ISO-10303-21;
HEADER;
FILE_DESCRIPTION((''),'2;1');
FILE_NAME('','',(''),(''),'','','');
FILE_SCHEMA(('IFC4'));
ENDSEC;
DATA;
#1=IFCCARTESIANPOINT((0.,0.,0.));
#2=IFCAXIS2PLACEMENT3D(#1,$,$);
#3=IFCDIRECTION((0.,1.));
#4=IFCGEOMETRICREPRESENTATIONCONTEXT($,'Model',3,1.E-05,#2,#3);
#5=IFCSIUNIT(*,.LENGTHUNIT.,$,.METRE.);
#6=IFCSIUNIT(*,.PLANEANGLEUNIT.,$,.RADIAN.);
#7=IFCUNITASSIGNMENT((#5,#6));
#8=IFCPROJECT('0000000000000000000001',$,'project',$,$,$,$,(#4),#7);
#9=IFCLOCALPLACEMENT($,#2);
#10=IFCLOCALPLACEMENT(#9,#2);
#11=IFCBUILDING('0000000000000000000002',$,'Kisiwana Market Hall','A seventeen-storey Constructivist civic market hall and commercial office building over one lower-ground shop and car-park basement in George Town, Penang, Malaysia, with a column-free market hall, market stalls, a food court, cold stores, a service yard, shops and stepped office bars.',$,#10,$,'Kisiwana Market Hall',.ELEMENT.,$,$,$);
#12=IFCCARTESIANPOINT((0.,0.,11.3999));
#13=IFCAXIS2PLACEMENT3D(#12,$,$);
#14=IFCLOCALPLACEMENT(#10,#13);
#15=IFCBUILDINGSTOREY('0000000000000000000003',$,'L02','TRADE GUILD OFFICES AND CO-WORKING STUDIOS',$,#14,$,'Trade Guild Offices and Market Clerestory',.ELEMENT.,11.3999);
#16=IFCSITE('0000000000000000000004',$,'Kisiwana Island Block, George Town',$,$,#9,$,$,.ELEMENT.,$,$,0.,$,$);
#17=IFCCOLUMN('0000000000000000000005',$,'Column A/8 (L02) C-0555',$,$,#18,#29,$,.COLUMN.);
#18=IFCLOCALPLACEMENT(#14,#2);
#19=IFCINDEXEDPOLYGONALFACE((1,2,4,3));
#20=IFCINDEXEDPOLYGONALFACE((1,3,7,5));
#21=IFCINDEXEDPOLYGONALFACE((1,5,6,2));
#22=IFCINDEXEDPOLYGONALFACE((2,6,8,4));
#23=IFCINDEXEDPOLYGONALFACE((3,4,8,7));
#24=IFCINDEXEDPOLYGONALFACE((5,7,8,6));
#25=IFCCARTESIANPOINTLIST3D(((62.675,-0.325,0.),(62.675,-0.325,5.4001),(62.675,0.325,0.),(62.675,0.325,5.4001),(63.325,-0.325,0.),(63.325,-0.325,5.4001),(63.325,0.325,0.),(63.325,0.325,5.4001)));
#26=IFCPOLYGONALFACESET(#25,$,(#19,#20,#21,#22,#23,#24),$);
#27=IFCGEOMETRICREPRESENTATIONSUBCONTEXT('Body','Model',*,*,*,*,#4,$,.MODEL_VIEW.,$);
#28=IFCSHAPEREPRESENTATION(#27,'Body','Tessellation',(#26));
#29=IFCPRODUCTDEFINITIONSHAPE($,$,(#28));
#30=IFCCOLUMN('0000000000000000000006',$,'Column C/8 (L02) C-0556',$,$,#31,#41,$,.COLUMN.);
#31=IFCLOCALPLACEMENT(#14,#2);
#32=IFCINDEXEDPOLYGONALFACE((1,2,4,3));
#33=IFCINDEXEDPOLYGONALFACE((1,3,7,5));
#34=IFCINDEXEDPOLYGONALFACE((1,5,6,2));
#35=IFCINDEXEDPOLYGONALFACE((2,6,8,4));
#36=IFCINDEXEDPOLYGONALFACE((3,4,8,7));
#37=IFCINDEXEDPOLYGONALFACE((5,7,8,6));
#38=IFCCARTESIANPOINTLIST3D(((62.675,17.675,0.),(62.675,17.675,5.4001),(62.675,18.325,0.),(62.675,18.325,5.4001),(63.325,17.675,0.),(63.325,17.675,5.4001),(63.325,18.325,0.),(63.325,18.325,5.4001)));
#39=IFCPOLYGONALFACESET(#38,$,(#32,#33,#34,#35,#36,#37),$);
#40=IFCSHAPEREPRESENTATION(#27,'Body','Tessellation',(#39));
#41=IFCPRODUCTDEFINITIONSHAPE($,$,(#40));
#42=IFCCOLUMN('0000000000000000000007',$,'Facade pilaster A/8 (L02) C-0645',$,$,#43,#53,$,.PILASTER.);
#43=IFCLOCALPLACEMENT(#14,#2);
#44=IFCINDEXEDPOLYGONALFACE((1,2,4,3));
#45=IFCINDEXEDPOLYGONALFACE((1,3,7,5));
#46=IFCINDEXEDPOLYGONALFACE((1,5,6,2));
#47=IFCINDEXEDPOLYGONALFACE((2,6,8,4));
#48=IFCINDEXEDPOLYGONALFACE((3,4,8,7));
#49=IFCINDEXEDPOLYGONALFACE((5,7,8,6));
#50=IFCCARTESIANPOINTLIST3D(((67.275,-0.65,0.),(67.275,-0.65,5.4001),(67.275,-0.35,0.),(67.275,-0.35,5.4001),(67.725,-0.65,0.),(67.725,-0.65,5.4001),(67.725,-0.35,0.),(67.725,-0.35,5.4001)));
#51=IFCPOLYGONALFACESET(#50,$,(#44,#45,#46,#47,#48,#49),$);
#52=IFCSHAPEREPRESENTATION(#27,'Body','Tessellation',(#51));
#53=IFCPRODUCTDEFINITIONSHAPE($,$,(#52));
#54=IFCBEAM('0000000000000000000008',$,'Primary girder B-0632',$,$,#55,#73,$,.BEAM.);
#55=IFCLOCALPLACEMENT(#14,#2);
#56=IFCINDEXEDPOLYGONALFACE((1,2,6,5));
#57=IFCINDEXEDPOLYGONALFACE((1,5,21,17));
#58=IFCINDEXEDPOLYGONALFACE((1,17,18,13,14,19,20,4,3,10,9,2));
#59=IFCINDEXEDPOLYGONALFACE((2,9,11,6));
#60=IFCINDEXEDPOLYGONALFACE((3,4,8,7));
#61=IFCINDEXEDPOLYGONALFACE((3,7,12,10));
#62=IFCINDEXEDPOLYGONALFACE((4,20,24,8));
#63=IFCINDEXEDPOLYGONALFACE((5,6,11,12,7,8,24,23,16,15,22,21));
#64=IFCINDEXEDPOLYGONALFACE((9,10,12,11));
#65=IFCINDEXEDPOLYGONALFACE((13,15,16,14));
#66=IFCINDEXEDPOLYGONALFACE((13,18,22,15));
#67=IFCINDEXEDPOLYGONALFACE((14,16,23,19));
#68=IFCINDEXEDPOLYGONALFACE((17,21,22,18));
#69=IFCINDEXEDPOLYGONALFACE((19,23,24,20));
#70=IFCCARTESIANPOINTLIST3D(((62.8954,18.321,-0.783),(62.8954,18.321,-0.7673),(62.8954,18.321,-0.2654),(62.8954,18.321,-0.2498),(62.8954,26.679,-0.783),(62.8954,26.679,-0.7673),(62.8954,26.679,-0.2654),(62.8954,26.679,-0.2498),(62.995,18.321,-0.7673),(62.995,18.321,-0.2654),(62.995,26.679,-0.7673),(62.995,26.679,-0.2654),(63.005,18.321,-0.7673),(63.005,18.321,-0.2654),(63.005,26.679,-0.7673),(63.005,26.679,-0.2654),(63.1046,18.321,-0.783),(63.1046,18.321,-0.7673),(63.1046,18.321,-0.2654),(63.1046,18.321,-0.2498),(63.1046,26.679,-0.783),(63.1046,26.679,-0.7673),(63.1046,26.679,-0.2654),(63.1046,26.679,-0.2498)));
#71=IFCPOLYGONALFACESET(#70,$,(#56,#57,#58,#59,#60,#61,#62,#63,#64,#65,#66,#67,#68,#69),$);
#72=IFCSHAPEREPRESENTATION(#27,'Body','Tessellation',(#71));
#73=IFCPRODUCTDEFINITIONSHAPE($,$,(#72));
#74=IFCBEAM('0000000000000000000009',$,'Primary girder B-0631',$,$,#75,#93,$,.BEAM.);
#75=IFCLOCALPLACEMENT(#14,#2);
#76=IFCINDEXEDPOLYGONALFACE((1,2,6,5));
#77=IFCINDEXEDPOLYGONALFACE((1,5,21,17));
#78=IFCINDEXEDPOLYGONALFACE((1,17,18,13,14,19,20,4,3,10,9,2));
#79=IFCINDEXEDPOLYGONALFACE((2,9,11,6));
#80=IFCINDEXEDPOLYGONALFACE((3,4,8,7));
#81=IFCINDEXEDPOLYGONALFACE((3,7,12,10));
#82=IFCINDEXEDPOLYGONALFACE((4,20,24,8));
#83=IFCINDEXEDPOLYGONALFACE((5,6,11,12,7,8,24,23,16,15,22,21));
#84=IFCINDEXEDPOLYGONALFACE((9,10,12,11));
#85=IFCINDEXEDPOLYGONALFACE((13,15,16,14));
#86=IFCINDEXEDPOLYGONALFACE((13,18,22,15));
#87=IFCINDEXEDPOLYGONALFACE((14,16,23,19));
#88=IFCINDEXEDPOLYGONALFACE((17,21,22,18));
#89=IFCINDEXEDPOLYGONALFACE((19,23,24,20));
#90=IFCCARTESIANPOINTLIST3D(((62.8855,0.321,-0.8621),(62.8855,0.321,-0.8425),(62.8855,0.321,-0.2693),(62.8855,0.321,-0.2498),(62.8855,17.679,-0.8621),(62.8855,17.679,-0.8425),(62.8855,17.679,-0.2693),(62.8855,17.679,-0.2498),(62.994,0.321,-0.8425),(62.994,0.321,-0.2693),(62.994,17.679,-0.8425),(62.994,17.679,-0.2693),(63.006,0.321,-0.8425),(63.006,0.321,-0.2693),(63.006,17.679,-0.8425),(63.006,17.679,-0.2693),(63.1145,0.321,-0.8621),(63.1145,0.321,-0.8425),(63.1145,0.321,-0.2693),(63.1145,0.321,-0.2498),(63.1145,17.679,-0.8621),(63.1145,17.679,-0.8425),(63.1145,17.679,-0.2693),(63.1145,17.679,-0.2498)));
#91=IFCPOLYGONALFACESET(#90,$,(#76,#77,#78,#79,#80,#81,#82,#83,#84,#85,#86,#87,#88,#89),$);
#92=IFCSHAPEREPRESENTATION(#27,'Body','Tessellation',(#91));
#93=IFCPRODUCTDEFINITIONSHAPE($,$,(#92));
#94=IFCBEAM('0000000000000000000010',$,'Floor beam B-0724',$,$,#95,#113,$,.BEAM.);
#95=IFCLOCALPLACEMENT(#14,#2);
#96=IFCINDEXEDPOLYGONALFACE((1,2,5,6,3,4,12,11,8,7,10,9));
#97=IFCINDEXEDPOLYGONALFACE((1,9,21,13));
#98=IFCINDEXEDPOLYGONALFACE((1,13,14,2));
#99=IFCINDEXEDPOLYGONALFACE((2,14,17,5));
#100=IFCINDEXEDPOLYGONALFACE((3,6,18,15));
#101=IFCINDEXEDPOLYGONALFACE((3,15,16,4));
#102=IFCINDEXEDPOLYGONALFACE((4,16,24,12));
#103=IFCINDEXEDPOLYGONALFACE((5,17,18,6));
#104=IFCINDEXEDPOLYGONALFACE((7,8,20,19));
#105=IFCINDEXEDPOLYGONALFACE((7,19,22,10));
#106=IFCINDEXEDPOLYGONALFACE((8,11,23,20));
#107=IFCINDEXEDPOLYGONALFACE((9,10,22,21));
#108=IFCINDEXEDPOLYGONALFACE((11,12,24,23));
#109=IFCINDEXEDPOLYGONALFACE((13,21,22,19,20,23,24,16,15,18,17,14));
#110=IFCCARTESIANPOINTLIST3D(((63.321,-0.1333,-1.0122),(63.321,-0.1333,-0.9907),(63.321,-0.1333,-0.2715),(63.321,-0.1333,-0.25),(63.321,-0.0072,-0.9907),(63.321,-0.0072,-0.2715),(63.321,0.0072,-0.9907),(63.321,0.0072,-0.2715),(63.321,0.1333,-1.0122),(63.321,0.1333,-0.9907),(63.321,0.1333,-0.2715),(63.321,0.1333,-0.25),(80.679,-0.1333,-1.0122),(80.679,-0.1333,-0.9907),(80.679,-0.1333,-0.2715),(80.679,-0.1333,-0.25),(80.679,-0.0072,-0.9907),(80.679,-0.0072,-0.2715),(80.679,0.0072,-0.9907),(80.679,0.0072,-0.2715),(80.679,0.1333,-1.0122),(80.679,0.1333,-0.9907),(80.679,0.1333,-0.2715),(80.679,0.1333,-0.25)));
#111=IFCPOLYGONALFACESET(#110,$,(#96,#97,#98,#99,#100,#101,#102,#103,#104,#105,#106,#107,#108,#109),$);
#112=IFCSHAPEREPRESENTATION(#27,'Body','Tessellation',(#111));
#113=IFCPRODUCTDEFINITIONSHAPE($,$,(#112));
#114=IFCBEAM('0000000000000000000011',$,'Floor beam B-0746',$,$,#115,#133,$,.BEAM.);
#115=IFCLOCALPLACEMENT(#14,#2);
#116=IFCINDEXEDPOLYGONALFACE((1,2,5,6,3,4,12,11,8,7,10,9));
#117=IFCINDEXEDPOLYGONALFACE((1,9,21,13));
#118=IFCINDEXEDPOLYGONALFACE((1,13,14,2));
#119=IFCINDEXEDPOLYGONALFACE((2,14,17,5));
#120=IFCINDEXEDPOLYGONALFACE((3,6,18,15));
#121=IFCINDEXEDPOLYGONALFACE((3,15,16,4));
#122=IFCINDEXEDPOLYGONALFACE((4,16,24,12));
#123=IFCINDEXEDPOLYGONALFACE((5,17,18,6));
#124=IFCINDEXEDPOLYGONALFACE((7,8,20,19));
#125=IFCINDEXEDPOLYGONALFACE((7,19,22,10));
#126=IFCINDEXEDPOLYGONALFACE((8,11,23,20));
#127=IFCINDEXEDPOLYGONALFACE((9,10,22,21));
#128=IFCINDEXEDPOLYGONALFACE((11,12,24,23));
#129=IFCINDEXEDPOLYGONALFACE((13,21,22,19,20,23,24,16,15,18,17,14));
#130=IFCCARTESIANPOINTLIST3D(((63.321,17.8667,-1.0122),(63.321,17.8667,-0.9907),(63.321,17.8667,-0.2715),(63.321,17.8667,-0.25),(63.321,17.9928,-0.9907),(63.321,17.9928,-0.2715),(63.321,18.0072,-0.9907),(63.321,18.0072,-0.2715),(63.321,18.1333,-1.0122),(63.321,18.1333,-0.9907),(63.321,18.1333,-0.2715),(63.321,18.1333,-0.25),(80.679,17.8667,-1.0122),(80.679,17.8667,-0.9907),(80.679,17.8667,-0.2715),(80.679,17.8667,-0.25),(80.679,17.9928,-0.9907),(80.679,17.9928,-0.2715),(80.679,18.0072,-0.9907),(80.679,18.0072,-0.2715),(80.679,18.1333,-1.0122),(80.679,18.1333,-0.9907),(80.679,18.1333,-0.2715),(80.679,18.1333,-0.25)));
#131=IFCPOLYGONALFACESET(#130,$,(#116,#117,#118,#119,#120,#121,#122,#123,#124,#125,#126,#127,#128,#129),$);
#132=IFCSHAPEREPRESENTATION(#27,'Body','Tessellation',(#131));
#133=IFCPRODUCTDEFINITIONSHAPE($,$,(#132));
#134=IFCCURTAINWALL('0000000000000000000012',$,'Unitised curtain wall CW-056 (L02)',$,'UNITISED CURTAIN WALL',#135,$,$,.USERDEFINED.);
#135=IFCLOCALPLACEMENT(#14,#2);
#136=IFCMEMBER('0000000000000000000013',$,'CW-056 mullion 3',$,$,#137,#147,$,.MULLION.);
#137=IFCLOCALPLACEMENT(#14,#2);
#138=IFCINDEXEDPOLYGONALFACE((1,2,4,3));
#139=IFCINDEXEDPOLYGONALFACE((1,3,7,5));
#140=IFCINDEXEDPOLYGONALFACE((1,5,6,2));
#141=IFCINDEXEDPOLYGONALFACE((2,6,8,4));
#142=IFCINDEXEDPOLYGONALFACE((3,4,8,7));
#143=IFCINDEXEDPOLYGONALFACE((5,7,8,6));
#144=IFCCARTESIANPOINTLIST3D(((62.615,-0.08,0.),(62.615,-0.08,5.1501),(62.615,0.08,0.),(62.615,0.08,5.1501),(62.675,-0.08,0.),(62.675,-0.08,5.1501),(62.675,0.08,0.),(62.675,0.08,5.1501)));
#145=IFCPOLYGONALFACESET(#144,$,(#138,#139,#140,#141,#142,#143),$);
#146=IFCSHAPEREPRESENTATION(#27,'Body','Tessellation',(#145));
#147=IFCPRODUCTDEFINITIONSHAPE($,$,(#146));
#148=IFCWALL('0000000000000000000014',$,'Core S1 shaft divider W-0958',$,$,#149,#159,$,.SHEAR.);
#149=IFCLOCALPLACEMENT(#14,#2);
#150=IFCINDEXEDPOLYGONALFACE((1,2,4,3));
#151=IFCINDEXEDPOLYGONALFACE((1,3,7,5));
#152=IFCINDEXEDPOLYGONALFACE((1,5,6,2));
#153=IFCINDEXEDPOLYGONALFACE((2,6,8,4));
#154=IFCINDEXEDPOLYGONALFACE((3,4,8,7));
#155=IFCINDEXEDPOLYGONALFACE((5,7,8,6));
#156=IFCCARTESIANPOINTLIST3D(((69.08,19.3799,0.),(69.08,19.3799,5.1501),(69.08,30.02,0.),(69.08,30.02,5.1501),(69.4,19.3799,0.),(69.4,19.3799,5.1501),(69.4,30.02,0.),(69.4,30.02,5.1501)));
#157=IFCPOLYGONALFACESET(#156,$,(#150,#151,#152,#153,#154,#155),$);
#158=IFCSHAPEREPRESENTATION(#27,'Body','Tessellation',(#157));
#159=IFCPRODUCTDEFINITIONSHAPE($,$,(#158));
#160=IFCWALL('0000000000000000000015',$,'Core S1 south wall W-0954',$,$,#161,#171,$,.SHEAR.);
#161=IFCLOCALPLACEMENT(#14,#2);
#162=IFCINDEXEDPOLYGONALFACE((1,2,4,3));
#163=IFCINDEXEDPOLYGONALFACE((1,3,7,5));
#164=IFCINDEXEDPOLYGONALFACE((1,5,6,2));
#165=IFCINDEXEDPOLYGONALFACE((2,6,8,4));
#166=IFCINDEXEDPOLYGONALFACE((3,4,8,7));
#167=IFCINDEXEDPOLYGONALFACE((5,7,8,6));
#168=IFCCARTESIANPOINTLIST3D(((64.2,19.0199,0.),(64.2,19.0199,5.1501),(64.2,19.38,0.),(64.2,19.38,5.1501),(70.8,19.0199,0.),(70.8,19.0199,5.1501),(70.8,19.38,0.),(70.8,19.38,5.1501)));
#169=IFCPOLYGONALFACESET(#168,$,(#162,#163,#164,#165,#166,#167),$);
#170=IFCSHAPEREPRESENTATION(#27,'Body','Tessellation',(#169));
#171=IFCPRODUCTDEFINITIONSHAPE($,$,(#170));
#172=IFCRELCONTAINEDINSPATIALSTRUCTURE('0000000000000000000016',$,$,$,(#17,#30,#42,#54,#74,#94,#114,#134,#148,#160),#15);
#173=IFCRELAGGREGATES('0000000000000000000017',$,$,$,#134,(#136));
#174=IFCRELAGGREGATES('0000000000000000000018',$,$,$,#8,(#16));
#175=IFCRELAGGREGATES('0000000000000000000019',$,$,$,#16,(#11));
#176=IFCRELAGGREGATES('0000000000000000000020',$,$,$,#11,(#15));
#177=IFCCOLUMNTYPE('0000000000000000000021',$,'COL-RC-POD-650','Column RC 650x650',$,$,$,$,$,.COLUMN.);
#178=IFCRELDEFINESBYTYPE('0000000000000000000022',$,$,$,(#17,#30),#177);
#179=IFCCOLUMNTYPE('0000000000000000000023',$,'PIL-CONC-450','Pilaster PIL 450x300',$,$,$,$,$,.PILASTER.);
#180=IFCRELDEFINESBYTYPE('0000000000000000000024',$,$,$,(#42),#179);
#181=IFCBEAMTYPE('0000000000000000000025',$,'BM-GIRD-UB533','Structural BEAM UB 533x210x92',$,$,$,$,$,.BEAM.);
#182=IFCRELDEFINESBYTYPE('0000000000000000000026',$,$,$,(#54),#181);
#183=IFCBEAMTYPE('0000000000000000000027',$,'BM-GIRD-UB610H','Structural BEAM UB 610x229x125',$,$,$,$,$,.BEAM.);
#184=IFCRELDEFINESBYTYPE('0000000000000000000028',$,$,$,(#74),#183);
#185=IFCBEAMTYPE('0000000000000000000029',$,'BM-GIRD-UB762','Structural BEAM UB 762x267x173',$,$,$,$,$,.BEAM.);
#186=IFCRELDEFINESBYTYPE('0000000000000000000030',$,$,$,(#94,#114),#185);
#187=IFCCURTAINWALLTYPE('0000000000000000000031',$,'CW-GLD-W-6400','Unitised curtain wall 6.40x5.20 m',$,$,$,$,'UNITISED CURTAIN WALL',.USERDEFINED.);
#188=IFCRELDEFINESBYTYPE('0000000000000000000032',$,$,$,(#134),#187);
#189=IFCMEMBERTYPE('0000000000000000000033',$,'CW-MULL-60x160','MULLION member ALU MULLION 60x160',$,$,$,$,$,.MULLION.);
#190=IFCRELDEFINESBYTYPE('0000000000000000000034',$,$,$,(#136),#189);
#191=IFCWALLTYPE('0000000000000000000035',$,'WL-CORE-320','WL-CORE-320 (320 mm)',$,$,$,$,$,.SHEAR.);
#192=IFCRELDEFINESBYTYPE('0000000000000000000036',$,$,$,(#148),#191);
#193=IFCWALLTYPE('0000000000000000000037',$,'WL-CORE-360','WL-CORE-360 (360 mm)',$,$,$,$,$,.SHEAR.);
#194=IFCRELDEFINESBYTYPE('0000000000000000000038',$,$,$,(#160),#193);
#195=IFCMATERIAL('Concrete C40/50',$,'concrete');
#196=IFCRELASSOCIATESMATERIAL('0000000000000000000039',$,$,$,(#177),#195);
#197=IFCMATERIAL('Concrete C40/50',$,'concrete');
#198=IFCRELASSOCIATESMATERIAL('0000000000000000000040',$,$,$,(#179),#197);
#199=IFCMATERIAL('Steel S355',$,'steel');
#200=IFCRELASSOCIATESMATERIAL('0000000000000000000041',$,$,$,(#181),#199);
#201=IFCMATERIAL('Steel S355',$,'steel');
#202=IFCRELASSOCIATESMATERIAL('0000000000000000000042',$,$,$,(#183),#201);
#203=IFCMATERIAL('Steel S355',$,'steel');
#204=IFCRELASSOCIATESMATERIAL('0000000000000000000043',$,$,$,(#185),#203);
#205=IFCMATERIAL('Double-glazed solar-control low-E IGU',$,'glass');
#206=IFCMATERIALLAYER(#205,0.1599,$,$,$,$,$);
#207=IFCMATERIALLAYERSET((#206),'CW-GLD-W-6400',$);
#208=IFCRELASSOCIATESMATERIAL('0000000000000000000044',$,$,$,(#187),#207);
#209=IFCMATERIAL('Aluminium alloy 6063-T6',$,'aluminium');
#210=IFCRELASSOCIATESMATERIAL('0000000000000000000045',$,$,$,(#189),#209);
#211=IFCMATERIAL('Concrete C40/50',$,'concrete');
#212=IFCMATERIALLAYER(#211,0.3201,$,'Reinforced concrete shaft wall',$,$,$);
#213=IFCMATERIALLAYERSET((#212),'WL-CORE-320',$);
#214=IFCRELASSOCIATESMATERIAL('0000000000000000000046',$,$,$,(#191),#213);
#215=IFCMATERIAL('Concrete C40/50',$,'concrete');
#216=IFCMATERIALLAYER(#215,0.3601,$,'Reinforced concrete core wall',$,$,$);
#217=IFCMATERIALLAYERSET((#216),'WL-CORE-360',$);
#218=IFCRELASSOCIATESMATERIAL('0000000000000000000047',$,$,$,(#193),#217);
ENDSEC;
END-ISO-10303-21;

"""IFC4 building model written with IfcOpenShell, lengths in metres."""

from ifc_helpers import new_model, si_unit, direction, frame, frame_2d, origin, origin_2d, place, context, subcontext, project, spatial, rectangle, i_section, extrude, material, layer, layer_set, material_profile, profile_set, type_object, element, aggregate, save


model = new_model("IFC4")

# Units and contexts
model_context = context("Model", 3, precision=1e-05, world=origin(), true_north=direction((0.0, 1.0)))
body_context = subcontext(model_context, "Body", "Model", "MODEL_VIEW")
ifc_project = project(units=[si_unit("LENGTHUNIT", "METRE"), si_unit("PLANEANGLEUNIT", "RADIAN")], contexts=[model_context])

# Site, building, storey
site_placement = place(None, origin())
site = spatial("IfcSite", under=ifc_project, at=site_placement, Name="Kisiwana Island Block, George Town", CompositionType="ELEMENT", RefElevation=0.0)
building_placement = place(site_placement, origin())
building = spatial("IfcBuilding", under=site, at=building_placement, Name="Kisiwana Market Hall", Description="A seventeen-storey Constructivist civic market hall and commercial office building over one lower-ground shop and car-park basement in George Town, Penang, Malaysia, with a column-free market hall, market stalls, a food court, cold stores, a service yard, shops and stepped office bars.", LongName="Kisiwana Market Hall", CompositionType="ELEMENT")
storey_placement = place(building_placement, frame((0.0, 0.0, 11.3999)))
storey = spatial("IfcBuildingStorey", under=building, at=storey_placement, Name="L02", Description="TRADE GUILD OFFICES AND CO-WORKING STUDIOS", LongName="Trade Guild Offices and Market Clerestory", CompositionType="ELEMENT", Elevation=11.3999)

# Columns
ifc_material_1 = material(Name="Concrete C40/50", Category="concrete")
ifc_material_profile_1 = material_profile(ifc_material_1, rectangle(XDim=0.6499, YDim=0.6499, at=origin_2d()), Name="RC 650x650")
ifc_profile_set_1 = profile_set([ifc_material_profile_1], Name="Concrete C40/50")
column_type_1 = type_object("IfcColumnType", Name="COL-RC-POD-650", Description="Column RC 650x650", PredefinedType="COLUMN", material=ifc_profile_set_1)
for number, where, z_axis, x_axis, name in (
    (1, (63.0, 0.0, 0.0), (0.0, 0.0, 1.0), (1.0, 0.0, 0.0), "Column A/8 (L02) C-0555"),
    (2, (63.0, 18.0, 0.0), (0.0, 0.0, 1.0), (1.0, 0.0, 0.0), "Column C/8 (L02) C-0556"),
):
    element("IfcColumn", number, at=place(storey_placement, frame(where, z_axis=z_axis, x_axis=x_axis)), inside=storey, type_object=column_type_1, Name=name, PredefinedType="COLUMN", context=body_context, shape_type="SweptSolid", body=[
        extrude(rectangle(XDim=0.6499, YDim=0.6499, at=origin_2d()), origin(), (0.0, 0.0, 1.0), 5.4001),
    ])
ifc_material_2 = material(Name="Concrete C40/50", Category="concrete")
ifc_material_profile_2 = material_profile(ifc_material_2, rectangle(XDim=0.45, YDim=0.3, at=origin_2d()), Name="PIL 450x300")
ifc_profile_set_2 = profile_set([ifc_material_profile_2], Name="Concrete C40/50")
column_type_2 = type_object("IfcColumnType", Name="PIL-CONC-450", Description="Pilaster PIL 450x300", PredefinedType="PILASTER", material=ifc_profile_set_2)
column_placement = place(storey_placement, frame((67.5, -0.5, 0.0), z_axis=(0.0, 0.0, 1.0), x_axis=(1.0, 0.0, 0.0)))
element("IfcColumn", 3, at=column_placement, inside=storey, type_object=column_type_2, Name="Facade pilaster A/8 (L02) C-0645", PredefinedType="PILASTER", context=body_context, shape_type="SweptSolid", body=[
    extrude(rectangle(XDim=0.45, YDim=0.3, at=origin_2d()), origin(), (0.0, 0.0, 1.0), 5.4001),
])

# Beams
ifc_material_3 = material(Name="Steel S355", Category="steel")
ifc_material_profile_3 = material_profile(ifc_material_3, i_section(OverallWidth=0.2092, OverallDepth=0.5332, WebThickness=0.01, FlangeThickness=0.0156, at=origin_2d()), Name="UB 533x210x92")
ifc_profile_set_3 = profile_set([ifc_material_profile_3], Name="Steel S355")
beam_type_1 = type_object("IfcBeamType", Name="BM-GIRD-UB533", Description="Structural BEAM UB 533x210x92", PredefinedType="BEAM", material=ifc_profile_set_3)
beam_1_placement = place(storey_placement, frame((63.0, 18.321, -0.5164), z_axis=(0.0, 1.0, 0.0), x_axis=(-1.0, 0.0, 0.0)))
element("IfcBeam", 4, at=beam_1_placement, inside=storey, type_object=beam_type_1, Name="Primary girder B-0632", PredefinedType="BEAM", context=body_context, shape_type="SweptSolid", body=[
    extrude(i_section(OverallWidth=0.2092, OverallDepth=0.5332, WebThickness=0.01, FlangeThickness=0.0156, at=origin_2d()), origin(), (0.0, 0.0, 1.0), 8.3579),
])
ifc_material_4 = material(Name="Steel S355", Category="steel")
ifc_material_profile_4 = material_profile(ifc_material_4, i_section(OverallWidth=0.229, OverallDepth=0.6123, WebThickness=0.012, FlangeThickness=0.0195, at=origin_2d()), Name="UB 610x229x125")
ifc_profile_set_4 = profile_set([ifc_material_profile_4], Name="Steel S355")
beam_type_2 = type_object("IfcBeamType", Name="BM-GIRD-UB610H", Description="Structural BEAM UB 610x229x125", PredefinedType="BEAM", material=ifc_profile_set_4)
beam_2_placement = place(storey_placement, frame((63.0, 0.321, -0.5559), z_axis=(0.0, 1.0, 0.0), x_axis=(-1.0, 0.0, 0.0)))
element("IfcBeam", 5, at=beam_2_placement, inside=storey, type_object=beam_type_2, Name="Primary girder B-0631", PredefinedType="BEAM", context=body_context, shape_type="SweptSolid", body=[
    extrude(i_section(OverallWidth=0.229, OverallDepth=0.6123, WebThickness=0.012, FlangeThickness=0.0195, at=origin_2d()), origin(), (0.0, 0.0, 1.0), 17.3579),
])
ifc_material_5 = material(Name="Steel S355", Category="steel")
ifc_material_profile_5 = material_profile(ifc_material_5, i_section(OverallWidth=0.2666, OverallDepth=0.7622, WebThickness=0.0144, FlangeThickness=0.0215, at=origin_2d()), Name="UB 762x267x173")
ifc_profile_set_5 = profile_set([ifc_material_profile_5], Name="Steel S355")
beam_type_3 = type_object("IfcBeamType", Name="BM-GIRD-UB762", Description="Structural BEAM UB 762x267x173", PredefinedType="BEAM", material=ifc_profile_set_5)
for number, where, z_axis, x_axis, name in (
    (6, (63.321, 0.0, -0.6311), (1.0, 0.0, 0.0), (0.0, 1.0, 0.0), "Floor beam B-0724"),
    (7, (63.321, 18.0, -0.6311), (1.0, 0.0, 0.0), (0.0, 1.0, 0.0), "Floor beam B-0746"),
):
    element("IfcBeam", number, at=place(storey_placement, frame(where, z_axis=z_axis, x_axis=x_axis)), inside=storey, type_object=beam_type_3, Name=name, PredefinedType="BEAM", context=body_context, shape_type="SweptSolid", body=[
        extrude(i_section(OverallWidth=0.2666, OverallDepth=0.7622, WebThickness=0.0144, FlangeThickness=0.0215, at=origin_2d()), origin(), (0.0, 0.0, 1.0), 17.3579),
    ])

# Curtain wall, member
ifc_material_6 = material(Name="Double-glazed solar-control low-E IGU", Category="glass")
ifc_layer_1 = layer(ifc_material_6, 0.1599)
ifc_layer_set_1 = layer_set([ifc_layer_1], Name="CW-GLD-W-6400")
curtain_wall_type = type_object("IfcCurtainWallType", Name="CW-GLD-W-6400", Description="Unitised curtain wall 6.40x5.20 m", ElementType="UNITISED CURTAIN WALL", PredefinedType="USERDEFINED", material=ifc_layer_set_1)
curtain_wall_placement = place(storey_placement, origin())
curtain_wall = element("IfcCurtainWall", 8, at=curtain_wall_placement, inside=storey, type_object=curtain_wall_type, Name="Unitised curtain wall CW-056 (L02)", ObjectType="UNITISED CURTAIN WALL", PredefinedType="USERDEFINED")
ifc_material_7 = material(Name="Aluminium alloy 6063-T6", Category="aluminium")
ifc_material_profile_6 = material_profile(ifc_material_7, rectangle(XDim=0.0601, YDim=0.1599, at=origin_2d()), Name="ALU MULLION 60x160")
ifc_profile_set_6 = profile_set([ifc_material_profile_6], Name="Aluminium alloy 6063-T6")
member_type = type_object("IfcMemberType", Name="CW-MULL-60x160", Description="MULLION member ALU MULLION 60x160", PredefinedType="MULLION", material=ifc_profile_set_6)
member_placement = place(storey_placement, frame((62.645, 0.0, 0.0), z_axis=(0.0, 0.0, 1.0), x_axis=(1.0, 0.0, 0.0)))
member = element("IfcMember", 9, at=member_placement, type_object=member_type, Name="CW-056 mullion 3", PredefinedType="MULLION", context=body_context, shape_type="SweptSolid", body=[
    extrude(rectangle(XDim=0.0601, YDim=0.1599, at=origin_2d()), origin(), (0.0, 0.0, 1.0), 5.1501),
])
aggregate(curtain_wall, [member])

# Walls
ifc_material_8 = material(Name="Concrete C40/50", Category="concrete")
ifc_layer_2 = layer(ifc_material_8, 0.3201, Name="Reinforced concrete shaft wall")
ifc_layer_set_2 = layer_set([ifc_layer_2], Name="WL-CORE-320")
wall_type_1 = type_object("IfcWallType", Name="WL-CORE-320", Description="WL-CORE-320 (320 mm)", PredefinedType="SHEAR", material=ifc_layer_set_2)
wall_1_placement = place(storey_placement, frame((69.24, 19.3799, 0.0), z_axis=(0.0, 0.0, 1.0), x_axis=(0.0, 1.0, 0.0)))
element("IfcWall", 10, at=wall_1_placement, inside=storey, type_object=wall_type_1, Name="Core S1 shaft divider W-0958", PredefinedType="SHEAR", context=body_context, shape_type="SweptSolid", body=[
    extrude(rectangle(XDim=10.6401, YDim=0.3201, at=frame_2d((5.3201, 0.0))), origin(), (0.0, 0.0, 1.0), 5.1501),
])
ifc_material_9 = material(Name="Concrete C40/50", Category="concrete")
ifc_layer_3 = layer(ifc_material_9, 0.3601, Name="Reinforced concrete core wall")
ifc_layer_set_3 = layer_set([ifc_layer_3], Name="WL-CORE-360")
wall_type_2 = type_object("IfcWallType", Name="WL-CORE-360", Description="WL-CORE-360 (360 mm)", PredefinedType="SHEAR", material=ifc_layer_set_3)
wall_2_placement = place(storey_placement, frame((64.2, 19.2, 0.0), z_axis=(0.0, 0.0, 1.0), x_axis=(1.0, 0.0, 0.0)))
element("IfcWall", 11, at=wall_2_placement, inside=storey, type_object=wall_type_2, Name="Core S1 south wall W-0954", PredefinedType="SHEAR", context=body_context, shape_type="SweptSolid", body=[
    extrude(rectangle(XDim=6.6001, YDim=0.3601, at=frame_2d((3.3, 0.0))), origin(), (0.0, 0.0, 1.0), 5.1501),
])

save(model, "model.ifc")
